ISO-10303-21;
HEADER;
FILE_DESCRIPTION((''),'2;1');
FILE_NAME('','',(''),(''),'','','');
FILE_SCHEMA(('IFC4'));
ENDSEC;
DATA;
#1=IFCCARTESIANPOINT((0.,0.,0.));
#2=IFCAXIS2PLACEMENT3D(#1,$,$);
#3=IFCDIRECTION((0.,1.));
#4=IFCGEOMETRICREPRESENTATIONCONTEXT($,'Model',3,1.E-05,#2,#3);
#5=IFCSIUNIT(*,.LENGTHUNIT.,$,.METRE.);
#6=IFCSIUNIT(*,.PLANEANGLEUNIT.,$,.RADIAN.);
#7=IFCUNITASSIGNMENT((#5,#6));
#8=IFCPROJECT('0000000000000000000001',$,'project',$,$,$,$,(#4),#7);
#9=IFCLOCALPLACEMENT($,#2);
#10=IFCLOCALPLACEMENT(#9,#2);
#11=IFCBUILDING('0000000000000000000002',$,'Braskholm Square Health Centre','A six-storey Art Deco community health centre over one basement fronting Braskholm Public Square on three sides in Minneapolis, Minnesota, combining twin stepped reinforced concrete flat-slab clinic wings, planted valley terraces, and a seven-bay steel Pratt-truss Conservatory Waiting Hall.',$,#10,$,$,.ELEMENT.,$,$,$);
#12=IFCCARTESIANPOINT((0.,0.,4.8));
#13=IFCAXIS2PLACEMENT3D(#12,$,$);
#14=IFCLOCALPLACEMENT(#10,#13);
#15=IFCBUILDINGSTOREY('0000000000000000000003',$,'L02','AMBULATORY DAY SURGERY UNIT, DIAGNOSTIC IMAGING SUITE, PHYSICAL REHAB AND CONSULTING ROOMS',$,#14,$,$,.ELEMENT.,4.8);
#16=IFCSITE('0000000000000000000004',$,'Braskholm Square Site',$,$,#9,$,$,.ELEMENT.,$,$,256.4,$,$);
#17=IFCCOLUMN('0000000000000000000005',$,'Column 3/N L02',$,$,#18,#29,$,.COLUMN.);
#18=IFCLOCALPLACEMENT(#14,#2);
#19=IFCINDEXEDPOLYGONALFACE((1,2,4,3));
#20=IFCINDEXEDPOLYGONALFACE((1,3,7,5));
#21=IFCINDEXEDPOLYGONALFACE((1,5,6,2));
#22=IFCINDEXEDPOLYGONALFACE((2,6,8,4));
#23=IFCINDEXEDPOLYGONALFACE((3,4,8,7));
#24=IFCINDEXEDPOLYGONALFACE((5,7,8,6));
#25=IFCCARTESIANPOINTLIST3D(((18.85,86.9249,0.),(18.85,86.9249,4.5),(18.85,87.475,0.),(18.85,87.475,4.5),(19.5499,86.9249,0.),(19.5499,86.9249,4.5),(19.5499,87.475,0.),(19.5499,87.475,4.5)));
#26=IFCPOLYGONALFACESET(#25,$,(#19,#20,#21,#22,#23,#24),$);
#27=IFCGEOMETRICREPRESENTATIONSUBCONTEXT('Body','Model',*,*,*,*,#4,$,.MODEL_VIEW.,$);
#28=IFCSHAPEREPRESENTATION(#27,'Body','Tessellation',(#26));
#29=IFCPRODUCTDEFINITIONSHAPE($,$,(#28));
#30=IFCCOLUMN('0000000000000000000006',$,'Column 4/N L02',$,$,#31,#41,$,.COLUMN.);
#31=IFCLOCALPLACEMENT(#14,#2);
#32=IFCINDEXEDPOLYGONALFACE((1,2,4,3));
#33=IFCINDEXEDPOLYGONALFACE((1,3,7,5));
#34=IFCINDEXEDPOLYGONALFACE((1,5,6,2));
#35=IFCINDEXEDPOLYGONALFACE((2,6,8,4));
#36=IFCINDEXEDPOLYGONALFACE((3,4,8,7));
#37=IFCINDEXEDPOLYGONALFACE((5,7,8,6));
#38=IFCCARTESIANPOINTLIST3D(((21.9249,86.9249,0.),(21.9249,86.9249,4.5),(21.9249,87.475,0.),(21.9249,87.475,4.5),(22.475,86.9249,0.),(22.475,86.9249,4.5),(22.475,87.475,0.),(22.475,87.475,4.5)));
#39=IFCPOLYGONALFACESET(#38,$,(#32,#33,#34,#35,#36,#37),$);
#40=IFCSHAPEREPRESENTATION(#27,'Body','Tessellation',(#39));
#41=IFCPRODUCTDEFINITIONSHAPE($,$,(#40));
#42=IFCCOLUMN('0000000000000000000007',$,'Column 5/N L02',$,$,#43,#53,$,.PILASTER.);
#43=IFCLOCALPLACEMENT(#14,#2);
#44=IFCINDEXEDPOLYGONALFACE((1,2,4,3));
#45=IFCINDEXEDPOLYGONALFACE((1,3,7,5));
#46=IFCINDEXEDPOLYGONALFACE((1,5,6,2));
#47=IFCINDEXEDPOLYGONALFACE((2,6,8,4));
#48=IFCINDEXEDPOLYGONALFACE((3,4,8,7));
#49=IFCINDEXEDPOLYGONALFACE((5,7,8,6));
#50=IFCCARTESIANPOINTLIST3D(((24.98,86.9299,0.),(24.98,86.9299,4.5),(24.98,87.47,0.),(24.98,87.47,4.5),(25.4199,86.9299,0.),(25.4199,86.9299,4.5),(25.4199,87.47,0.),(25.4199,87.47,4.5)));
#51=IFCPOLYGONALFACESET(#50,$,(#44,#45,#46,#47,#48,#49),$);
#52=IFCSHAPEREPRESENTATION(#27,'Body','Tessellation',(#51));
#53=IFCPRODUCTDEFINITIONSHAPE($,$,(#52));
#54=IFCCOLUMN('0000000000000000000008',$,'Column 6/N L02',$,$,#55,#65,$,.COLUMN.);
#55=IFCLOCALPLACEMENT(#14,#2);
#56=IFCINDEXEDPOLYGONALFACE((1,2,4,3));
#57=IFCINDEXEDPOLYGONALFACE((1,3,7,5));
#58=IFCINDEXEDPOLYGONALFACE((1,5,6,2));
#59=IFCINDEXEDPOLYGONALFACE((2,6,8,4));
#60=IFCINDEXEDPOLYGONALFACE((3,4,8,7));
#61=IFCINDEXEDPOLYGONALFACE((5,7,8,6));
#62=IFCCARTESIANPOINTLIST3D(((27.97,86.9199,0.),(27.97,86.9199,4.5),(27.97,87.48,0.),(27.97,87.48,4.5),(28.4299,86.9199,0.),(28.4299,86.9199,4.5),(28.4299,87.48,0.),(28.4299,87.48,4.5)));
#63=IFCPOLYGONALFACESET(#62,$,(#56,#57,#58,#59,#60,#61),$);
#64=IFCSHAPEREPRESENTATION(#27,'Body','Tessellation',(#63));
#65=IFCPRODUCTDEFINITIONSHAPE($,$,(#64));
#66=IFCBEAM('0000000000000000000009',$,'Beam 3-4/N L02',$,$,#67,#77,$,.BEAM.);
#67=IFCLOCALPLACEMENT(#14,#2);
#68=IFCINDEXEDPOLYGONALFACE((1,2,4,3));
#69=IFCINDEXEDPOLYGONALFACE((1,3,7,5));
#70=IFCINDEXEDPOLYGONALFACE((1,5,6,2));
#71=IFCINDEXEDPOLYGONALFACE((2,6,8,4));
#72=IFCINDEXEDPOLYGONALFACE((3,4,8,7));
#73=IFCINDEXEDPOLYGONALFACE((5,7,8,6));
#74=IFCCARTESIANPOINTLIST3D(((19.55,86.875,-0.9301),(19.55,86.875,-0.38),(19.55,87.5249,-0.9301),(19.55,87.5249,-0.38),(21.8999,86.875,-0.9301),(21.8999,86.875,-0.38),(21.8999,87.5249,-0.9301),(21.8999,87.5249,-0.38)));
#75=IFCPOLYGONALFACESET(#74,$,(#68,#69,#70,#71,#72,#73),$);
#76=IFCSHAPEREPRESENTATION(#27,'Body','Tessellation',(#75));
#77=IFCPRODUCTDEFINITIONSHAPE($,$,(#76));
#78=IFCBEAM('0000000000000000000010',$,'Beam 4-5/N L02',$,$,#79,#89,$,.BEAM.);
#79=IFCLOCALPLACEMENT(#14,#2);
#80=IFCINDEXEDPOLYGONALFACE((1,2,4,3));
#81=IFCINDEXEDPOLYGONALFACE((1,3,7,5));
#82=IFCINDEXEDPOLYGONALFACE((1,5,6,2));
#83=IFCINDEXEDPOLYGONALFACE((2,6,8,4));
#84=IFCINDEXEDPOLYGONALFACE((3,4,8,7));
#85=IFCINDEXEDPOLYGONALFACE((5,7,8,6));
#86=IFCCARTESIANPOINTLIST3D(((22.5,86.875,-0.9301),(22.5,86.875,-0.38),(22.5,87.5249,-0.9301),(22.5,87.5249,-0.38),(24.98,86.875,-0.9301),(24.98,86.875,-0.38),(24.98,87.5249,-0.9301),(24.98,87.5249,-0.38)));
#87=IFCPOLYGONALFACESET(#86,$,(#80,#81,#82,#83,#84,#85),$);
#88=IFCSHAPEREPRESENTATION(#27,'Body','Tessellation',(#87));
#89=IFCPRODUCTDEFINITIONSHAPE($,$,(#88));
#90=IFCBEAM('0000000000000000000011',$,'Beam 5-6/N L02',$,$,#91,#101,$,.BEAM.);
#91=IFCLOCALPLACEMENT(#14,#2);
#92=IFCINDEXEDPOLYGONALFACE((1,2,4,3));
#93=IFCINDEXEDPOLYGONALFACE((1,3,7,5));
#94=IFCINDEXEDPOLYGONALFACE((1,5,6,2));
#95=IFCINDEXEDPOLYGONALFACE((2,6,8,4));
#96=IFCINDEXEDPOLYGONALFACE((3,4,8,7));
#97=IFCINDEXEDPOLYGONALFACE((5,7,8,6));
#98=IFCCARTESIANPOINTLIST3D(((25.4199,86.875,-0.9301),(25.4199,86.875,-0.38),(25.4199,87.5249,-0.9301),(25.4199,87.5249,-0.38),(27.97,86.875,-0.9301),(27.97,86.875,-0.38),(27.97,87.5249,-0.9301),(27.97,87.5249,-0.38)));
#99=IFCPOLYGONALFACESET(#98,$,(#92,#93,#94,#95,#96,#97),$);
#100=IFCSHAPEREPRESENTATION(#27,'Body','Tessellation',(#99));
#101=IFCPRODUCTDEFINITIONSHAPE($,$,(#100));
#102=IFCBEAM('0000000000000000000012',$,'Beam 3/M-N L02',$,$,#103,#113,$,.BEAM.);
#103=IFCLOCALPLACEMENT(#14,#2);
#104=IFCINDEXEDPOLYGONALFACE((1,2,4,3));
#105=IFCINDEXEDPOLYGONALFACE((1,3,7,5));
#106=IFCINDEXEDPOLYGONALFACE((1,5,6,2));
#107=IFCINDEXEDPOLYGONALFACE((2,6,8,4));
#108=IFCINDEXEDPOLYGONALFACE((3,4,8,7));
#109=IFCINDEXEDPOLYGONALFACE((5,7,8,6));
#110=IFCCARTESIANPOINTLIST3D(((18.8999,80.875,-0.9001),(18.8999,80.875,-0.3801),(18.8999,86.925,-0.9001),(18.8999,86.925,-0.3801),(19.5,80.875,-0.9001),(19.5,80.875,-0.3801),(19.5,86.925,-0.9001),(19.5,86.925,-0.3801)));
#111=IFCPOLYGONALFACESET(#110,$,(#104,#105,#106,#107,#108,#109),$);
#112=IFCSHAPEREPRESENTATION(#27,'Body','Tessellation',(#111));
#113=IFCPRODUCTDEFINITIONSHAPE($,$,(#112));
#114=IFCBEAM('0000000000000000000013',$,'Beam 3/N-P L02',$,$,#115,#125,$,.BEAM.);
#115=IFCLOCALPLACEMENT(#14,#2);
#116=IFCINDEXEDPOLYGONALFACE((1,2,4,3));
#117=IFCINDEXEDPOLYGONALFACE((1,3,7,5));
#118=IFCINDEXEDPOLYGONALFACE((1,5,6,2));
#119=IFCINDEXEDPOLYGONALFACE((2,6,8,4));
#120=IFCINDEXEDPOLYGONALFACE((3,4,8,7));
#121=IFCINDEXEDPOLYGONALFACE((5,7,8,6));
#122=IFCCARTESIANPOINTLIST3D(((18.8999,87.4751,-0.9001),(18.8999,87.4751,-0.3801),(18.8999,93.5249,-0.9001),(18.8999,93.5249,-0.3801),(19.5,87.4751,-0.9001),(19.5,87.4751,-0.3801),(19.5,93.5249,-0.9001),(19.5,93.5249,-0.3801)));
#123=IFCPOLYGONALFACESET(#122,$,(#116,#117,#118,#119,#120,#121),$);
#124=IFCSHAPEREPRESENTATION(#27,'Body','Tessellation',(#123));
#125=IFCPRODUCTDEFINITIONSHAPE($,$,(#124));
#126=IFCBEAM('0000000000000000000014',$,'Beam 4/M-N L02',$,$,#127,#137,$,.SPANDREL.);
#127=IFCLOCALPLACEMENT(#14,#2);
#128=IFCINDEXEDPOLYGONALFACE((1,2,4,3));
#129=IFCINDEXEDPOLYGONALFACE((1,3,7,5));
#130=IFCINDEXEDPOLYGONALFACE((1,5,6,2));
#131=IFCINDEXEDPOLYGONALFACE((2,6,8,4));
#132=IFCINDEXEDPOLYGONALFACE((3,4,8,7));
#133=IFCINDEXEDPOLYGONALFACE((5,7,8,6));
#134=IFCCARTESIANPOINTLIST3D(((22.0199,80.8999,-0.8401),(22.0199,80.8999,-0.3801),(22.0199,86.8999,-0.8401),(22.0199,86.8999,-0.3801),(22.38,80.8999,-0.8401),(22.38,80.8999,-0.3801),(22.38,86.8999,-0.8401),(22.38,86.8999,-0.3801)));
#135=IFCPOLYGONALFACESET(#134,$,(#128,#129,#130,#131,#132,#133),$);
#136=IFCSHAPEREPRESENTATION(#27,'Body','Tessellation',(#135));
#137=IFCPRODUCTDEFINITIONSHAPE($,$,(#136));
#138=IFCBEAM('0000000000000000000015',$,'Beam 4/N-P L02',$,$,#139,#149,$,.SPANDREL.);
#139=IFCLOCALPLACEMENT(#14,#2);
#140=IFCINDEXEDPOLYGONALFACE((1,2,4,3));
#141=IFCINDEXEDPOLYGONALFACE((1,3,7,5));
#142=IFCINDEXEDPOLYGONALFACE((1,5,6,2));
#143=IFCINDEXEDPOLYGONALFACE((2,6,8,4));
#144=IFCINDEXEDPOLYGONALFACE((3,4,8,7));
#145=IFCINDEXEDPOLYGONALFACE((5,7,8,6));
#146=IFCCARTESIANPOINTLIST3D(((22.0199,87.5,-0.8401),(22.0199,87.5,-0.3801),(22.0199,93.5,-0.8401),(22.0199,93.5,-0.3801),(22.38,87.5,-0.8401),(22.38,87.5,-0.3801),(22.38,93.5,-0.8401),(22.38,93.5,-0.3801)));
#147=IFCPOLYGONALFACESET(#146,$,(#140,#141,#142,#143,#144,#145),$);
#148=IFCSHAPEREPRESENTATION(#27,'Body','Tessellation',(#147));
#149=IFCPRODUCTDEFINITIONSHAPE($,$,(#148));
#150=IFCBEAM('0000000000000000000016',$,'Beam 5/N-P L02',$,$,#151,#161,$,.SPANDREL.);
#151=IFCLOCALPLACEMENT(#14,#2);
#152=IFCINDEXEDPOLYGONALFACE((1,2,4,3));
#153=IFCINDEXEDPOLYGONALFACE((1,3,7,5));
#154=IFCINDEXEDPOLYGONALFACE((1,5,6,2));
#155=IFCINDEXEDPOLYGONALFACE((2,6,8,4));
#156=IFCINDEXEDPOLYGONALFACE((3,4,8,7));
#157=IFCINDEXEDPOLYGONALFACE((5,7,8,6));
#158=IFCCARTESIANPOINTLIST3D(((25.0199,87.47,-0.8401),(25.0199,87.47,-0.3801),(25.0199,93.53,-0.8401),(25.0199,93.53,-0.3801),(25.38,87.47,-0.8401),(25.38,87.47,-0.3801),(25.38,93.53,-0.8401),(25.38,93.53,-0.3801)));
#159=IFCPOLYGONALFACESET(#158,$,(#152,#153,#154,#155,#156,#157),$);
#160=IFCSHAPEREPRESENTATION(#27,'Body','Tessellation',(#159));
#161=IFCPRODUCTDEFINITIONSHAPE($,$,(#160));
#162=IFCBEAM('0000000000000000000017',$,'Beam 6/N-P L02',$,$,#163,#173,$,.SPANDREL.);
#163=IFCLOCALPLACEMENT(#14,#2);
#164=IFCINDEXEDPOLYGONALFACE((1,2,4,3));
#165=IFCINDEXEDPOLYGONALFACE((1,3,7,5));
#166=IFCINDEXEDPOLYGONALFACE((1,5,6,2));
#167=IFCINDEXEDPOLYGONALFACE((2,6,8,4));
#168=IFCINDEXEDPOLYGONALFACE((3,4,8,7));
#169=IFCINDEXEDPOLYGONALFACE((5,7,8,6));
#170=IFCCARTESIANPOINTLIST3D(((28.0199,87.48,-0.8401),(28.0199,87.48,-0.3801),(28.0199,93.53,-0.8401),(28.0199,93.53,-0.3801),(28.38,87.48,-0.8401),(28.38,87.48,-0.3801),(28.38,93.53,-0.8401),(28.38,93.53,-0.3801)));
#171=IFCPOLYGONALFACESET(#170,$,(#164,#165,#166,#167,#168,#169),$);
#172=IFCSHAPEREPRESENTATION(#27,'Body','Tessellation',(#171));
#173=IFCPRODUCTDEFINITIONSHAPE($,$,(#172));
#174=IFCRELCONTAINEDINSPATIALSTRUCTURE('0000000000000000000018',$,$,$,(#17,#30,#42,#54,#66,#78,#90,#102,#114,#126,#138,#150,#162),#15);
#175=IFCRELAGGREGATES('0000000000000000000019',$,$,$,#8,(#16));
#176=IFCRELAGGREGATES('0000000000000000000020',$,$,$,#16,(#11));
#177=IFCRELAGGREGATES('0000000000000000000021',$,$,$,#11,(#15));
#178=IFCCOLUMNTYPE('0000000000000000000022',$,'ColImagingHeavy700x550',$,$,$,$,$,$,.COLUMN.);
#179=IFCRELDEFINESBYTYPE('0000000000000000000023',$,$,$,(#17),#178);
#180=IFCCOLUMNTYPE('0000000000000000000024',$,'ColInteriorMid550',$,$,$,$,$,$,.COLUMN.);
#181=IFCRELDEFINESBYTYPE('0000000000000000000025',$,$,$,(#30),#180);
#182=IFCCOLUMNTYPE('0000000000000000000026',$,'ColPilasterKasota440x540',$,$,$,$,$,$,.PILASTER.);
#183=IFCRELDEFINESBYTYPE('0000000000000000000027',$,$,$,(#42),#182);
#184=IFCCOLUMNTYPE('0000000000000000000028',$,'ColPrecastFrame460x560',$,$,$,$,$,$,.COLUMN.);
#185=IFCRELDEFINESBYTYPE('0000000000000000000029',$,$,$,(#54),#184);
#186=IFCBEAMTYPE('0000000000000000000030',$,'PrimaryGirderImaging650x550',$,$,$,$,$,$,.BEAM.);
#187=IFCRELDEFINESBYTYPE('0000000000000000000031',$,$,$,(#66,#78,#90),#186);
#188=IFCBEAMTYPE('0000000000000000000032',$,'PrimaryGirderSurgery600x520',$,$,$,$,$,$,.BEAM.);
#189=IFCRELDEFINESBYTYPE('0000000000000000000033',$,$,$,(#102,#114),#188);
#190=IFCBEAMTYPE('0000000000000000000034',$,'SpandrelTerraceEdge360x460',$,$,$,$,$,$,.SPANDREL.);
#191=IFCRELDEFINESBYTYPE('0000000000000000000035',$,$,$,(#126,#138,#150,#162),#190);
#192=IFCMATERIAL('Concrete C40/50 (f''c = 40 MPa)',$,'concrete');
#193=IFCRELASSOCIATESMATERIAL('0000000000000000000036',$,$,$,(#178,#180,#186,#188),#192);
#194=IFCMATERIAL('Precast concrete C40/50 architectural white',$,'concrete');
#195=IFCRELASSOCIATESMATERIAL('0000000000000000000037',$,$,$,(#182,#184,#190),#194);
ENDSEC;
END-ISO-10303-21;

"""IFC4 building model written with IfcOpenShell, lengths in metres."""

from ifc_helpers import new_model, si_unit, direction, frame, origin, origin_2d, place, context, subcontext, project, spatial, rectangle, extrude, material, material_profile, profile_set, type_object, element, save


model = new_model("IFC4")

# Units and contexts
model_context = context("Model", 3, precision=1e-05, world=origin(), true_north=direction((0.0, 1.0)))
body_context = subcontext(model_context, "Body", "Model", "MODEL_VIEW")
ifc_project = project(units=[si_unit("LENGTHUNIT", "METRE"), si_unit("PLANEANGLEUNIT", "RADIAN")], contexts=[model_context])

# Site, building, storey
site_placement = place(None, origin())
site = spatial("IfcSite", under=ifc_project, at=site_placement, Name="Braskholm Square Site", CompositionType="ELEMENT", RefElevation=256.4)
building_placement = place(site_placement, origin())
building = spatial("IfcBuilding", under=site, at=building_placement, Name="Braskholm Square Health Centre", Description="A six-storey Art Deco community health centre over one basement fronting Braskholm Public Square on three sides in Minneapolis, Minnesota, combining twin stepped reinforced concrete flat-slab clinic wings, planted valley terraces, and a seven-bay steel Pratt-truss Conservatory Waiting Hall.", CompositionType="ELEMENT")
storey_placement = place(building_placement, frame((0.0, 0.0, 4.8)))
storey = spatial("IfcBuildingStorey", under=building, at=storey_placement, Name="L02", Description="AMBULATORY DAY SURGERY UNIT, DIAGNOSTIC IMAGING SUITE, PHYSICAL REHAB AND CONSULTING ROOMS", CompositionType="ELEMENT", Elevation=4.8)

# Columns
ifc_material_1 = material(Name="Concrete C40/50 (f'c = 40 MPa)", Category="concrete")
ifc_material_profile_1 = material_profile(ifc_material_1, rectangle(XDim=0.7, YDim=0.55, at=origin_2d()), Name="RC-700X550")
ifc_profile_set_1 = profile_set([ifc_material_profile_1], Name="Concrete C40/50 (f'c = 40 MPa)")
column_type_1 = type_object("IfcColumnType", Name="ColImagingHeavy700x550", PredefinedType="COLUMN", material=ifc_profile_set_1)
column_1_placement = place(storey_placement, frame((19.2, 87.2, 0.0), z_axis=(0.0, 0.0, 1.0), x_axis=(1.0, 0.0, 0.0)))
element("IfcColumn", 1, at=column_1_placement, inside=storey, type_object=column_type_1, Name="Column 3/N L02", PredefinedType="COLUMN", context=body_context, shape_type="SweptSolid", body=[
    extrude(rectangle(XDim=0.7, YDim=0.55, at=origin_2d()), origin(), (0.0, 0.0, 1.0), 4.5),
])
ifc_material_profile_2 = material_profile(ifc_material_1, rectangle(XDim=0.55, YDim=0.55, at=origin_2d()), Name="RC-550X550")
ifc_profile_set_2 = profile_set([ifc_material_profile_2], Name="Concrete C40/50 (f'c = 40 MPa)")
column_type_2 = type_object("IfcColumnType", Name="ColInteriorMid550", PredefinedType="COLUMN", material=ifc_profile_set_2)
column_2_placement = place(storey_placement, frame((22.2, 87.2, 0.0), z_axis=(0.0, 0.0, 1.0), x_axis=(1.0, 0.0, 0.0)))
element("IfcColumn", 2, at=column_2_placement, inside=storey, type_object=column_type_2, Name="Column 4/N L02", PredefinedType="COLUMN", context=body_context, shape_type="SweptSolid", body=[
    extrude(rectangle(XDim=0.55, YDim=0.55, at=origin_2d()), origin(), (0.0, 0.0, 1.0), 4.5),
])
ifc_material_2 = material(Name="Precast concrete C40/50 architectural white", Category="concrete")
ifc_material_profile_3 = material_profile(ifc_material_2, rectangle(XDim=0.4399, YDim=0.54, at=origin_2d()), Name="RC-440X540")
ifc_profile_set_3 = profile_set([ifc_material_profile_3], Name="Precast concrete C40/50 architectural white")
column_type_3 = type_object("IfcColumnType", Name="ColPilasterKasota440x540", PredefinedType="PILASTER", material=ifc_profile_set_3)
column_3_placement = place(storey_placement, frame((25.2, 87.2, 0.0), z_axis=(0.0, 0.0, 1.0), x_axis=(1.0, 0.0, 0.0)))
element("IfcColumn", 3, at=column_3_placement, inside=storey, type_object=column_type_3, Name="Column 5/N L02", PredefinedType="PILASTER", context=body_context, shape_type="SweptSolid", body=[
    extrude(rectangle(XDim=0.4399, YDim=0.54, at=origin_2d()), origin(), (0.0, 0.0, 1.0), 4.5),
])
ifc_material_profile_4 = material_profile(ifc_material_2, rectangle(XDim=0.46, YDim=0.5601, at=origin_2d()), Name="RC-460X560")
ifc_profile_set_4 = profile_set([ifc_material_profile_4], Name="Precast concrete C40/50 architectural white")
column_type_4 = type_object("IfcColumnType", Name="ColPrecastFrame460x560", PredefinedType="COLUMN", material=ifc_profile_set_4)
column_4_placement = place(storey_placement, frame((28.2, 87.2, 0.0), z_axis=(0.0, 0.0, 1.0), x_axis=(1.0, 0.0, 0.0)))
element("IfcColumn", 4, at=column_4_placement, inside=storey, type_object=column_type_4, Name="Column 6/N L02", PredefinedType="COLUMN", context=body_context, shape_type="SweptSolid", body=[
    extrude(rectangle(XDim=0.46, YDim=0.5601, at=origin_2d()), origin(), (0.0, 0.0, 1.0), 4.5),
])

# Beams
ifc_material_profile_5 = material_profile(ifc_material_1, rectangle(XDim=0.6499, YDim=0.55, at=origin_2d()), Name="RCB-650X550")
ifc_profile_set_5 = profile_set([ifc_material_profile_5], Name="Concrete C40/50 (f'c = 40 MPa)")
beam_type_1 = type_object("IfcBeamType", Name="PrimaryGirderImaging650x550", PredefinedType="BEAM", material=ifc_profile_set_5)
beam_1_placement = place(storey_placement, frame((19.55, 87.2, -0.655), z_axis=(1.0, 0.0, 0.0), x_axis=(0.0, 1.0, 0.0)))
element("IfcBeam", 5, at=beam_1_placement, inside=storey, type_object=beam_type_1, Name="Beam 3-4/N L02", PredefinedType="BEAM", context=body_context, shape_type="SweptSolid", body=[
    extrude(rectangle(XDim=0.6499, YDim=0.55, at=origin_2d()), origin(), (0.0, 0.0, 1.0), 2.3499),
])
beam_2_placement = place(storey_placement, frame((22.5, 87.2, -0.655), z_axis=(1.0, 0.0, 0.0), x_axis=(0.0, 1.0, 0.0)))
element("IfcBeam", 6, at=beam_2_placement, inside=storey, type_object=beam_type_1, Name="Beam 4-5/N L02", PredefinedType="BEAM", context=body_context, shape_type="SweptSolid", body=[
    extrude(rectangle(XDim=0.6499, YDim=0.55, at=origin_2d()), origin(), (0.0, 0.0, 1.0), 2.48),
])
beam_3_placement = place(storey_placement, frame((25.4199, 87.2, -0.655), z_axis=(1.0, 0.0, 0.0), x_axis=(0.0, 1.0, 0.0)))
element("IfcBeam", 7, at=beam_3_placement, inside=storey, type_object=beam_type_1, Name="Beam 5-6/N L02", PredefinedType="BEAM", context=body_context, shape_type="SweptSolid", body=[
    extrude(rectangle(XDim=0.6499, YDim=0.55, at=origin_2d()), origin(), (0.0, 0.0, 1.0), 2.55),
])
ifc_material_profile_6 = material_profile(ifc_material_1, rectangle(XDim=0.6001, YDim=0.52, at=origin_2d()), Name="RCB-600X520")
ifc_profile_set_6 = profile_set([ifc_material_profile_6], Name="Concrete C40/50 (f'c = 40 MPa)")
beam_type_2 = type_object("IfcBeamType", Name="PrimaryGirderSurgery600x520", PredefinedType="BEAM", material=ifc_profile_set_6)
beam_4_placement = place(storey_placement, frame((19.2, 80.875, -0.6401), z_axis=(0.0, 1.0, 0.0), x_axis=(-1.0, 0.0, 0.0)))
element("IfcBeam", 8, at=beam_4_placement, inside=storey, type_object=beam_type_2, Name="Beam 3/M-N L02", PredefinedType="BEAM", context=body_context, shape_type="SweptSolid", body=[
    extrude(rectangle(XDim=0.6001, YDim=0.52, at=origin_2d()), origin(), (0.0, 0.0, 1.0), 6.05),
])
beam_5_placement = place(storey_placement, frame((19.2, 87.4751, -0.6401), z_axis=(0.0, 1.0, 0.0), x_axis=(-1.0, 0.0, 0.0)))
element("IfcBeam", 9, at=beam_5_placement, inside=storey, type_object=beam_type_2, Name="Beam 3/N-P L02", PredefinedType="BEAM", context=body_context, shape_type="SweptSolid", body=[
    extrude(rectangle(XDim=0.6001, YDim=0.52, at=origin_2d()), origin(), (0.0, 0.0, 1.0), 6.0498),
])
ifc_material_profile_7 = material_profile(ifc_material_2, rectangle(XDim=0.3601, YDim=0.46, at=origin_2d()), Name="RCB-360X460")
ifc_profile_set_7 = profile_set([ifc_material_profile_7], Name="Precast concrete C40/50 architectural white")
beam_type_3 = type_object("IfcBeamType", Name="SpandrelTerraceEdge360x460", PredefinedType="SPANDREL", material=ifc_profile_set_7)
for number, where, z_axis, x_axis, name in (
    (10, (22.2, 80.8999, -0.6101), (0.0, 1.0, 0.0), (-1.0, 0.0, 0.0), "Beam 4/M-N L02"),
    (11, (22.2, 87.5, -0.6101), (0.0, 1.0, 0.0), (-1.0, 0.0, 0.0), "Beam 4/N-P L02"),
):
    element("IfcBeam", number, at=place(storey_placement, frame(where, z_axis=z_axis, x_axis=x_axis)), inside=storey, type_object=beam_type_3, Name=name, PredefinedType="SPANDREL", context=body_context, shape_type="SweptSolid", body=[
        extrude(rectangle(XDim=0.3601, YDim=0.46, at=origin_2d()), origin(), (0.0, 0.0, 1.0), 6.0),
    ])
beam_6_placement = place(storey_placement, frame((25.2, 87.47, -0.6101), z_axis=(0.0, 1.0, 0.0), x_axis=(-1.0, 0.0, 0.0)))
element("IfcBeam", 12, at=beam_6_placement, inside=storey, type_object=beam_type_3, Name="Beam 5/N-P L02", PredefinedType="SPANDREL", context=body_context, shape_type="SweptSolid", body=[
    extrude(rectangle(XDim=0.3601, YDim=0.46, at=origin_2d()), origin(), (0.0, 0.0, 1.0), 6.0601),
])
beam_7_placement = place(storey_placement, frame((28.2, 87.48, -0.6101), z_axis=(0.0, 1.0, 0.0), x_axis=(-1.0, 0.0, 0.0)))
element("IfcBeam", 13, at=beam_7_placement, inside=storey, type_object=beam_type_3, Name="Beam 6/N-P L02", PredefinedType="SPANDREL", context=body_context, shape_type="SweptSolid", body=[
    extrude(rectangle(XDim=0.3601, YDim=0.46, at=origin_2d()), origin(), (0.0, 0.0, 1.0), 6.05),
])

save(model, "model.ifc")
